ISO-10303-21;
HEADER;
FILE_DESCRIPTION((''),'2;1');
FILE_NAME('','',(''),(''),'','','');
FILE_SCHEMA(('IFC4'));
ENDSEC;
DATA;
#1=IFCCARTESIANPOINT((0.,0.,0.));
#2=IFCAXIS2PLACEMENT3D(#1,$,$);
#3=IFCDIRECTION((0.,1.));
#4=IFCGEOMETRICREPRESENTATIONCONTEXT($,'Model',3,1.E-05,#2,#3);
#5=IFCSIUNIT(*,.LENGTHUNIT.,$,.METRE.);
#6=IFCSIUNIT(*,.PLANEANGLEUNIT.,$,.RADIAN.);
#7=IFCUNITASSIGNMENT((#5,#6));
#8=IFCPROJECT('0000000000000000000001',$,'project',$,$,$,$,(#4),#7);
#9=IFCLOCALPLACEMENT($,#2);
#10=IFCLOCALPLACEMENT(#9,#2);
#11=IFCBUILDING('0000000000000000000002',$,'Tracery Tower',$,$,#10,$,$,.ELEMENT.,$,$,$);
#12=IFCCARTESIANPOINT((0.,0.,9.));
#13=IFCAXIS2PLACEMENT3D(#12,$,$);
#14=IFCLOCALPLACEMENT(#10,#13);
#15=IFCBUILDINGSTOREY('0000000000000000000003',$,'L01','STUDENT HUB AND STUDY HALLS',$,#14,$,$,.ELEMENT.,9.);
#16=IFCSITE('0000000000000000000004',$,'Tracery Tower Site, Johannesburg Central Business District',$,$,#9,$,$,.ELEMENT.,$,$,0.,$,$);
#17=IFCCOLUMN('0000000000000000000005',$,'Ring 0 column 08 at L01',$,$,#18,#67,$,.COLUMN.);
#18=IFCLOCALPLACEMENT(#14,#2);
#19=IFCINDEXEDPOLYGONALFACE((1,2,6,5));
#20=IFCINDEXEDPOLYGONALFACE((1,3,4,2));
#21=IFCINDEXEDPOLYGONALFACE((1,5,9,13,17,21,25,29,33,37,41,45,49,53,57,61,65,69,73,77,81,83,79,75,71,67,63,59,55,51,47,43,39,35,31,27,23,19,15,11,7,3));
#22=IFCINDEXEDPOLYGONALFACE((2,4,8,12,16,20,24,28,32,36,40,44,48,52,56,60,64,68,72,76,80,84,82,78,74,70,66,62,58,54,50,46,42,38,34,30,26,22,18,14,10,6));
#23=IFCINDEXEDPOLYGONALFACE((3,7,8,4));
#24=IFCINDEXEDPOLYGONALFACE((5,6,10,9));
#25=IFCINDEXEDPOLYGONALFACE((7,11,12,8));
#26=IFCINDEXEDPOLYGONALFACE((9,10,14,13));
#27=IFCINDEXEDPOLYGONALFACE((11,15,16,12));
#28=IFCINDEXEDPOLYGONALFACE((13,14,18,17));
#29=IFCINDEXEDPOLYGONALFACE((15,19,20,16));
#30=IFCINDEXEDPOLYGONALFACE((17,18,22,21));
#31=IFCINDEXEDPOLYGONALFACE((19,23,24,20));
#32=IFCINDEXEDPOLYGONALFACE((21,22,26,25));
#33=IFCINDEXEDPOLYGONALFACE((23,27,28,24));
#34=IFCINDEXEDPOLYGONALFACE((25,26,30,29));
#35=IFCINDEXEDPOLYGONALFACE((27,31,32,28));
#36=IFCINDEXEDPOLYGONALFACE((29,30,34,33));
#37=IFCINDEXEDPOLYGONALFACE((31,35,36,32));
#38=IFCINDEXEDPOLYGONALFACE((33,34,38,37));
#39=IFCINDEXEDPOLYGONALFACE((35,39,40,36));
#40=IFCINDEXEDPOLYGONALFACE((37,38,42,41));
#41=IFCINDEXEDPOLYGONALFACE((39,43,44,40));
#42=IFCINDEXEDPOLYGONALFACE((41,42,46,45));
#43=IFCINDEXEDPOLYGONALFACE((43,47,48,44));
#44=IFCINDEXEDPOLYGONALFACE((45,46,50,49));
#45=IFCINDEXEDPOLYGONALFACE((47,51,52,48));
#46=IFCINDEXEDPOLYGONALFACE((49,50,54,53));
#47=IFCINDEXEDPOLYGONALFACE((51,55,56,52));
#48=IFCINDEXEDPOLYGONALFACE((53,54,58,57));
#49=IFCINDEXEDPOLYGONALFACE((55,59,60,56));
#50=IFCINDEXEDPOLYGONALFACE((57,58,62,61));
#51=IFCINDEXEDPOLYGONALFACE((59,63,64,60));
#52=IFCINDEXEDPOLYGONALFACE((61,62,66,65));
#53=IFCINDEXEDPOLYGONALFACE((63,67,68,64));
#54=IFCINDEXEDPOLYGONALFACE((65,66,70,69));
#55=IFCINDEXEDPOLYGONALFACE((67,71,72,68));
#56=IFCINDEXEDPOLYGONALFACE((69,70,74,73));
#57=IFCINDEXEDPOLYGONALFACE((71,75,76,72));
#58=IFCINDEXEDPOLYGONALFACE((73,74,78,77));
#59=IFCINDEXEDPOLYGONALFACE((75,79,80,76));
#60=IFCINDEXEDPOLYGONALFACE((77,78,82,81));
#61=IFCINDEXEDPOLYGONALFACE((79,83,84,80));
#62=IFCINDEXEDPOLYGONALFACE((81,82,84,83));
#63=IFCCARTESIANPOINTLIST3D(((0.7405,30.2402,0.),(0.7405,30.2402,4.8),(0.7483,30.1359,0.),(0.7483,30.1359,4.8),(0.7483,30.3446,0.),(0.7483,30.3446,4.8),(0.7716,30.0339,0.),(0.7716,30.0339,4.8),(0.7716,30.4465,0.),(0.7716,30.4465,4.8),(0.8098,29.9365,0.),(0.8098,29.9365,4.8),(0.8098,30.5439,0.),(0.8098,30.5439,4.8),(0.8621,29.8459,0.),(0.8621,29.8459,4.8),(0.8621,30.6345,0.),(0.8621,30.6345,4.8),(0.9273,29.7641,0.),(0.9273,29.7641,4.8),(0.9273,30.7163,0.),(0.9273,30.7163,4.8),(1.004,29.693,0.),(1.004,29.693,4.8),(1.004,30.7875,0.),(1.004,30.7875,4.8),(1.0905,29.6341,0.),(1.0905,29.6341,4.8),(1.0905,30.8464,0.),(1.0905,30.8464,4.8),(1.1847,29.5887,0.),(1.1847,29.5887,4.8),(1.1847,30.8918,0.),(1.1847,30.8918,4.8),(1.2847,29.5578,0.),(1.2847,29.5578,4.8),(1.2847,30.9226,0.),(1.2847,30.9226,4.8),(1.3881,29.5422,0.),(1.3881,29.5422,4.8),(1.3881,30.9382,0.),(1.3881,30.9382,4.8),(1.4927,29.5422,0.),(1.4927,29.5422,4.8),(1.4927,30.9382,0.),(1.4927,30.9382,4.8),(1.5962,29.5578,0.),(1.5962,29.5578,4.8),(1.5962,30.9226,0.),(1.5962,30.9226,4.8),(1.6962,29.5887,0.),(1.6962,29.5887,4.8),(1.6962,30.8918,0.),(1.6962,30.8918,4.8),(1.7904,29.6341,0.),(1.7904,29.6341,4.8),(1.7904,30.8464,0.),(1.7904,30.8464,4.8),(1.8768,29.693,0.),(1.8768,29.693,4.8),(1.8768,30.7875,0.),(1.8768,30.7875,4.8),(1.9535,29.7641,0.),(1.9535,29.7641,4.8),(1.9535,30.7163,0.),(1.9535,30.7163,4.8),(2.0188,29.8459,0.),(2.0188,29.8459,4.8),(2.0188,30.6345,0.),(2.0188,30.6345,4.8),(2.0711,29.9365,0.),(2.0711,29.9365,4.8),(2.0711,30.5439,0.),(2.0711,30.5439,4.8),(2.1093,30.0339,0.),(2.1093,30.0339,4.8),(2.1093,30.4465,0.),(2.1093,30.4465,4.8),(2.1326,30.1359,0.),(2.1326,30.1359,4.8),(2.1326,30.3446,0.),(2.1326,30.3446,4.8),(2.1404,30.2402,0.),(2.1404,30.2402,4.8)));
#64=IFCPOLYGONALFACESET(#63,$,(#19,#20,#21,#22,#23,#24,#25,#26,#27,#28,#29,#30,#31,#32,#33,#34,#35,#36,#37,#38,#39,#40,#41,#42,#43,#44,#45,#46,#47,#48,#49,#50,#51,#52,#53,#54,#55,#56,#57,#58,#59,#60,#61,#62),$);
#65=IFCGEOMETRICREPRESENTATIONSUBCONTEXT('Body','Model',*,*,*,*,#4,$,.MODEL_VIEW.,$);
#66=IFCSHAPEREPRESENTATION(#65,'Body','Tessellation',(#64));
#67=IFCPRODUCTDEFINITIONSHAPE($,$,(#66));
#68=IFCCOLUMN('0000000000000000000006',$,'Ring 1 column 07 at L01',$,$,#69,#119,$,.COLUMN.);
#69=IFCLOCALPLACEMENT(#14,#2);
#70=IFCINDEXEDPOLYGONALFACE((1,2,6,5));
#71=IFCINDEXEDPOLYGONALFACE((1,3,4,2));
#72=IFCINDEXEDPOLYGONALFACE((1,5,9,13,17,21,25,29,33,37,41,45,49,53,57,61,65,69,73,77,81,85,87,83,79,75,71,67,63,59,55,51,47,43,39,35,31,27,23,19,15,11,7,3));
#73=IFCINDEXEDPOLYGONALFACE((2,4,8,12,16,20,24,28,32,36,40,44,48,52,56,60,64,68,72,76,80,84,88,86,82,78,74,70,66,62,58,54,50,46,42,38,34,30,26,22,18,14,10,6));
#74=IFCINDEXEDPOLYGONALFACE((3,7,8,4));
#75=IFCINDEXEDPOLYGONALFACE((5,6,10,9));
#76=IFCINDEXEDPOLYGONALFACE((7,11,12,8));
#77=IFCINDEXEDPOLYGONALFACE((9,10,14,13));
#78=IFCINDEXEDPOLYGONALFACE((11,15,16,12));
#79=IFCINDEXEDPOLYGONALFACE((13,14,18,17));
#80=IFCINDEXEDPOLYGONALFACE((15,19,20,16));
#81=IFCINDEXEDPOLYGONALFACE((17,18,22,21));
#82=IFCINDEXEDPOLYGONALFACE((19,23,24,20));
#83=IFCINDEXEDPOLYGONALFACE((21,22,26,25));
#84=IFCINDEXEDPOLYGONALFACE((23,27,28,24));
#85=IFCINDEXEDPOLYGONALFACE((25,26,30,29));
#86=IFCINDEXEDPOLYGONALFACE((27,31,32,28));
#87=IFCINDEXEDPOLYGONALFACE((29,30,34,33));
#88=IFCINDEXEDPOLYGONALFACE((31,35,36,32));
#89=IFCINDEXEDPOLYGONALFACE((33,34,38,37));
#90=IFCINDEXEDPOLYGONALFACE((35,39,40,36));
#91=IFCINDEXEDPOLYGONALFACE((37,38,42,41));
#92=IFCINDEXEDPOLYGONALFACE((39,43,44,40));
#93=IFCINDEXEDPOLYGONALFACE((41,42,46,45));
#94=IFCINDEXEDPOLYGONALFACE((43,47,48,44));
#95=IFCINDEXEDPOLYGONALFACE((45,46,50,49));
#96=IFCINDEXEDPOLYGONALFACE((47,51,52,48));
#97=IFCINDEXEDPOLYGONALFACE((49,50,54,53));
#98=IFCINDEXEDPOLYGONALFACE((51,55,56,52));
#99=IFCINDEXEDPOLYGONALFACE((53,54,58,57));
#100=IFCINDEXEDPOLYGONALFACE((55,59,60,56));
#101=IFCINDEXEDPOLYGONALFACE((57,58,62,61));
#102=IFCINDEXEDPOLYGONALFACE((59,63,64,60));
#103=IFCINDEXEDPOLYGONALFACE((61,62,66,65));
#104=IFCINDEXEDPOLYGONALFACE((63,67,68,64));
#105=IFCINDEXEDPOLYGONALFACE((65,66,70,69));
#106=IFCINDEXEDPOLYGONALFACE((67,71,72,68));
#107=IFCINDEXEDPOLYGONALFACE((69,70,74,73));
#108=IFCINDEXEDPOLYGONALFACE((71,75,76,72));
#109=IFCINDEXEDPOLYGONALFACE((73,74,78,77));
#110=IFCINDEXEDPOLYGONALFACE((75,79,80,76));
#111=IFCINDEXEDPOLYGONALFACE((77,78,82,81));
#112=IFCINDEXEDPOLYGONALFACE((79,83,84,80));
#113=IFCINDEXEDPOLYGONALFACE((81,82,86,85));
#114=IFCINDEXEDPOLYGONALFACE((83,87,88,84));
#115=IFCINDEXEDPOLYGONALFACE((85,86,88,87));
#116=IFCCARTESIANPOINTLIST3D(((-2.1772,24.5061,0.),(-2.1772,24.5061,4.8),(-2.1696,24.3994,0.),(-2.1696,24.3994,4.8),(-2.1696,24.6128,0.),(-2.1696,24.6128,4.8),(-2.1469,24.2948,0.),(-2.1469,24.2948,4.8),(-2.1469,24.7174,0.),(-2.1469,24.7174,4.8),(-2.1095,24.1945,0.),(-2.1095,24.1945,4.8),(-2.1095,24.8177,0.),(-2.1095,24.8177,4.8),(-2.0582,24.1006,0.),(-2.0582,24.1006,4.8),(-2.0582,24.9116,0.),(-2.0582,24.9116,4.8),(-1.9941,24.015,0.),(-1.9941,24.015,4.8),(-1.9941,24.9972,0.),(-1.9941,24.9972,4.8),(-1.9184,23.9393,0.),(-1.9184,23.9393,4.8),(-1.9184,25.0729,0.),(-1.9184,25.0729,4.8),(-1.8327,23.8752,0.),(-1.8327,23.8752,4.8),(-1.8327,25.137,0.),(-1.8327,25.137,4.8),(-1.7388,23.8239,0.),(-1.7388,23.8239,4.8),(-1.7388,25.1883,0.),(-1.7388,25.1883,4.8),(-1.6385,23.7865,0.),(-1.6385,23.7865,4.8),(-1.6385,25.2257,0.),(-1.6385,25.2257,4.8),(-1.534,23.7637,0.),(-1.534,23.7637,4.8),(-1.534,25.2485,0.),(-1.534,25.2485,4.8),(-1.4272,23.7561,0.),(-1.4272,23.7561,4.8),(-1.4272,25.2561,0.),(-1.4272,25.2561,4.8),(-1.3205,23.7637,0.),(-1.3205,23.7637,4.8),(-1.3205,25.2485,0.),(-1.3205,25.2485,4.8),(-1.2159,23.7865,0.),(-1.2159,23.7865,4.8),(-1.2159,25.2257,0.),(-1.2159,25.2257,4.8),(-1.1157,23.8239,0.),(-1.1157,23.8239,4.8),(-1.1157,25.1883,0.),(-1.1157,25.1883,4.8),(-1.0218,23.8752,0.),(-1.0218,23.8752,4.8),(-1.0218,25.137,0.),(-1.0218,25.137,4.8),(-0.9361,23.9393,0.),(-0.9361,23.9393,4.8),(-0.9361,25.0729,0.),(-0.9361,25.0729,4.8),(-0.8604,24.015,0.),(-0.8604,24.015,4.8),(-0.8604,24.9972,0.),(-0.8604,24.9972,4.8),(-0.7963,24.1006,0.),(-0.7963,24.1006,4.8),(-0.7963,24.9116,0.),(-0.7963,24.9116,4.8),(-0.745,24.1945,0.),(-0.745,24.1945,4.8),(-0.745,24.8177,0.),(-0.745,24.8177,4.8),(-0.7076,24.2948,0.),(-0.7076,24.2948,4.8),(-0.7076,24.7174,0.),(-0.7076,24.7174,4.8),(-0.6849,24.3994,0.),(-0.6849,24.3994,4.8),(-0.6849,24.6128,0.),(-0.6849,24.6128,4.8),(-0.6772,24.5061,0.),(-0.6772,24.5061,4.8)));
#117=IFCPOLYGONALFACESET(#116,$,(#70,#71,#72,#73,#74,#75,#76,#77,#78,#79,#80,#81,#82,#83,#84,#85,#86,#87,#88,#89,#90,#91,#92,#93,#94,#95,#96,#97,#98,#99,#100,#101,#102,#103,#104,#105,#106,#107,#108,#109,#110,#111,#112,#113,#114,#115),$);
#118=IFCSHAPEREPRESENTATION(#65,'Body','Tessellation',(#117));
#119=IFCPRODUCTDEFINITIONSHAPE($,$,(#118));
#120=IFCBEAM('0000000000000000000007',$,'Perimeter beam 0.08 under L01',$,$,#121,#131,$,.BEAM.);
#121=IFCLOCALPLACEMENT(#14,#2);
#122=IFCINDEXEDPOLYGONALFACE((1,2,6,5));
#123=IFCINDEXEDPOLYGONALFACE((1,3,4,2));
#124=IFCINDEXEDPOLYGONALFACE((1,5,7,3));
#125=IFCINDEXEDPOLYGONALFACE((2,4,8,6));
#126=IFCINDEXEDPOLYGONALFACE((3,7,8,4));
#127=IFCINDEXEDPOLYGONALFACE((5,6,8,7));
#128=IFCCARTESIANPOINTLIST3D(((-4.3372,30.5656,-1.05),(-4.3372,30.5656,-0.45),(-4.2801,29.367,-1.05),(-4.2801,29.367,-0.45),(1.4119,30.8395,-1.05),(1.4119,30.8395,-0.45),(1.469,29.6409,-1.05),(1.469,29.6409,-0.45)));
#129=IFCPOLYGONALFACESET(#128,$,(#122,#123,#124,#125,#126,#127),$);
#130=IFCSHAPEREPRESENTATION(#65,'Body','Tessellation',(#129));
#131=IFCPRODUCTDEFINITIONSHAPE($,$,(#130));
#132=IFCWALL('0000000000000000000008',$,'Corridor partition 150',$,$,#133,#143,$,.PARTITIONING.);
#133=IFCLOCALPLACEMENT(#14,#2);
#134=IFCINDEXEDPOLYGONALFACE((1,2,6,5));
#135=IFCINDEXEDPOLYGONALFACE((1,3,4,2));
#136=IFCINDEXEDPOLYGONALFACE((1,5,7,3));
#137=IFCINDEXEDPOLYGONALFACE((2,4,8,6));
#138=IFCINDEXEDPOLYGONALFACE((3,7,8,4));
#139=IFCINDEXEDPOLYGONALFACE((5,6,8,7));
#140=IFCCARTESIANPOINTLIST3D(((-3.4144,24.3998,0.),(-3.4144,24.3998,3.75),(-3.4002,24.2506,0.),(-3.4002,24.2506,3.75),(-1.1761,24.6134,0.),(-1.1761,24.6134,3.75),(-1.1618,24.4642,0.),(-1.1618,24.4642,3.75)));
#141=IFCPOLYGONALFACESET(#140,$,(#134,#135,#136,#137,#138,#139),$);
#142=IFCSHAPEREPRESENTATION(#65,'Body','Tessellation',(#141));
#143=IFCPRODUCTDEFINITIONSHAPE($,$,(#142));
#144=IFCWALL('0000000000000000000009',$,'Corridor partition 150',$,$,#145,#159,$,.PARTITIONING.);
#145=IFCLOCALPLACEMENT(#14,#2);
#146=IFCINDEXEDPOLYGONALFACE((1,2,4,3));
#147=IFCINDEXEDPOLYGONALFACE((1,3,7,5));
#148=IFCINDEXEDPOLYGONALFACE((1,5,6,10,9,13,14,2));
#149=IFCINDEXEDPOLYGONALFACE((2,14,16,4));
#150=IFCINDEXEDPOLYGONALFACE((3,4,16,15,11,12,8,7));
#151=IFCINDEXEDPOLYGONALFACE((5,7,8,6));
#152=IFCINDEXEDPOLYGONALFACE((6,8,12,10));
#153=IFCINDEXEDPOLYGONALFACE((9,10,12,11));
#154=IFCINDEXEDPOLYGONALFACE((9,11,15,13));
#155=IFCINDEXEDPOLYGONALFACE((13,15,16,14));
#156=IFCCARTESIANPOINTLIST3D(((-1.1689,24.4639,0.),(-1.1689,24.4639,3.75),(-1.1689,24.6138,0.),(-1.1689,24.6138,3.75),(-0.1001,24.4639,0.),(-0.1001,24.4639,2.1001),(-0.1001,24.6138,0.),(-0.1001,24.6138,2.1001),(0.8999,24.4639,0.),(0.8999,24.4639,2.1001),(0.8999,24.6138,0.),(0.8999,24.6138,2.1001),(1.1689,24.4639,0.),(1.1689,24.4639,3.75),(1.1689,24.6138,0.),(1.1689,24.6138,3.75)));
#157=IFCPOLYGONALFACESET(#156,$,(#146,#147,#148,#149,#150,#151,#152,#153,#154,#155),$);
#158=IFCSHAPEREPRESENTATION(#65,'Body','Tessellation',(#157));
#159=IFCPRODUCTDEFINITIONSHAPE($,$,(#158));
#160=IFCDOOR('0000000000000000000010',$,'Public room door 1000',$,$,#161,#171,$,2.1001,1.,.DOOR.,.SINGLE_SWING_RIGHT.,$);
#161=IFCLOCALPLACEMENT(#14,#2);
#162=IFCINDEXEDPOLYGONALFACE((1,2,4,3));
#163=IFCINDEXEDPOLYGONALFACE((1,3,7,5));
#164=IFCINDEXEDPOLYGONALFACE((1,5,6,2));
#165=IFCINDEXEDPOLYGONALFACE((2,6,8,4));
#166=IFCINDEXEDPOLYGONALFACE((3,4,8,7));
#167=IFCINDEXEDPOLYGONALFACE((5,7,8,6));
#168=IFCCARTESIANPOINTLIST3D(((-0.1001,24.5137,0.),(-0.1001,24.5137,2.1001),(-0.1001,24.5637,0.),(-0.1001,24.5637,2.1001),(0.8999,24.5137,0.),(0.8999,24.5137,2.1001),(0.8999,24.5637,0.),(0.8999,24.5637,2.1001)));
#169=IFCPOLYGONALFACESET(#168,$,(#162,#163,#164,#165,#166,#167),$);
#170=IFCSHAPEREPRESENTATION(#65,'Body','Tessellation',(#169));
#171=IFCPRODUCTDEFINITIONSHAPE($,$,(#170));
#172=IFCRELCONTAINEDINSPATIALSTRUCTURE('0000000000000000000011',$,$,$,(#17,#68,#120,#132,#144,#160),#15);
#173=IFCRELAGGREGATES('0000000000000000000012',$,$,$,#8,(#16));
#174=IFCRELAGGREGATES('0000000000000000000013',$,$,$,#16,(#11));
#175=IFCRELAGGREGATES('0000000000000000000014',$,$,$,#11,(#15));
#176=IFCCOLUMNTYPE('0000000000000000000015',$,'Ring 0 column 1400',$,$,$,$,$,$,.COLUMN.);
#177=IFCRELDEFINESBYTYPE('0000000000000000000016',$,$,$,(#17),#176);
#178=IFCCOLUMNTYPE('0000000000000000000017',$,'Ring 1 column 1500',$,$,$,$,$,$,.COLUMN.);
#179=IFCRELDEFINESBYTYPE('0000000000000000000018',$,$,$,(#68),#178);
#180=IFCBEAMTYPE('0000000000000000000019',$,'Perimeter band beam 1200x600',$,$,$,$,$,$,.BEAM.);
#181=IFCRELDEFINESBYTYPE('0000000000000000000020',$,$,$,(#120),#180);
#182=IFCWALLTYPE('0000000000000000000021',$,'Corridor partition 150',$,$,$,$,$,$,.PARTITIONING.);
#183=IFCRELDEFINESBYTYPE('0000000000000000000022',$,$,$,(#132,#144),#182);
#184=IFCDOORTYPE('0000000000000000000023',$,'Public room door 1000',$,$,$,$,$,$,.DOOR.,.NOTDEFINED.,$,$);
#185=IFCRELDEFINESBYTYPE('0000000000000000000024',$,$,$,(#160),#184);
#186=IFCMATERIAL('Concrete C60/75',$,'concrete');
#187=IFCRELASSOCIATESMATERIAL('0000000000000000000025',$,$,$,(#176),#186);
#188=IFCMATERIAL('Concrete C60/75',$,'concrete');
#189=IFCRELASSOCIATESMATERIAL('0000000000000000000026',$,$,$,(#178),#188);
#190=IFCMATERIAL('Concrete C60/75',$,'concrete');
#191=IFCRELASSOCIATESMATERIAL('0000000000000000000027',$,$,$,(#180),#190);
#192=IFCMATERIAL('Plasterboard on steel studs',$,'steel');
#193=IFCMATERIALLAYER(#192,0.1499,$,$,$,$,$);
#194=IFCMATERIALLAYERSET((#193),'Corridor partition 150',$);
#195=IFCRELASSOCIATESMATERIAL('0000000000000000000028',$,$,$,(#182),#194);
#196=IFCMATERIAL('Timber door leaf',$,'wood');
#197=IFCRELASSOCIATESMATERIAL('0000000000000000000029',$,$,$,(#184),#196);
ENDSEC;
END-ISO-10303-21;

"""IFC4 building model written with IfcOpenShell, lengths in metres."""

from ifc_helpers import new_model, si_unit, direction, frame, frame_2d, origin, origin_2d, place, context, subcontext, project, spatial, rectangle, circle, extrude, material, layer, layer_set, material_profile, profile_set, type_object, element, fill, save


model = new_model("IFC4")

# Units and contexts
model_context = context("Model", 3, precision=1e-05, world=origin(), true_north=direction((0.0, 1.0)))
body_context = subcontext(model_context, "Body", "Model", "MODEL_VIEW")
ifc_project = project(units=[si_unit("LENGTHUNIT", "METRE"), si_unit("PLANEANGLEUNIT", "RADIAN")], contexts=[model_context])

# Site, building, storey
site_placement = place(None, origin())
site = spatial("IfcSite", under=ifc_project, at=site_placement, Name="Tracery Tower Site, Johannesburg Central Business District", CompositionType="ELEMENT", RefElevation=0.0)
building_placement = place(site_placement, origin())
building = spatial("IfcBuilding", under=site, at=building_placement, Name="Tracery Tower", CompositionType="ELEMENT")
storey_placement = place(building_placement, frame((0.0, 0.0, 9.0)))
storey = spatial("IfcBuildingStorey", under=building, at=storey_placement, Name="L01", Description="STUDENT HUB AND STUDY HALLS", CompositionType="ELEMENT", Elevation=9.0)

# Columns
ifc_material_1 = material(Name="Concrete C60/75", Category="concrete")
ifc_material_profile_1 = material_profile(ifc_material_1, circle(Radius=0.7, at=origin_2d()), Name="RC D1400")
ifc_profile_set_1 = profile_set([ifc_material_profile_1], Name="Concrete C60/75")
column_type_1 = type_object("IfcColumnType", Name="Ring 0 column 1400", PredefinedType="COLUMN", material=ifc_profile_set_1)
column_1_placement = place(storey_placement, frame((1.4404, 30.2402, 0.0), z_axis=(0.0, 0.0, 1.0), x_axis=(1.0, 0.0, 0.0)))
element("IfcColumn", 1, at=column_1_placement, inside=storey, type_object=column_type_1, Name="Ring 0 column 08 at L01", PredefinedType="COLUMN", context=body_context, shape_type="SweptSolid", body=[
    extrude(circle(Radius=0.7, at=origin_2d()), origin(), (0.0, 0.0, 1.0), 4.8),
])
ifc_material_2 = material(Name="Concrete C60/75", Category="concrete")
ifc_material_profile_2 = material_profile(ifc_material_2, circle(Radius=0.75, at=origin_2d()), Name="RC D1500")
ifc_profile_set_2 = profile_set([ifc_material_profile_2], Name="Concrete C60/75")
column_type_2 = type_object("IfcColumnType", Name="Ring 1 column 1500", PredefinedType="COLUMN", material=ifc_profile_set_2)
column_2_placement = place(storey_placement, frame((-1.4272, 24.5061, 0.0), z_axis=(0.0, 0.0, 1.0), x_axis=(1.0, 0.0, 0.0)))
element("IfcColumn", 2, at=column_2_placement, inside=storey, type_object=column_type_2, Name="Ring 1 column 07 at L01", PredefinedType="COLUMN", context=body_context, shape_type="SweptSolid", body=[
    extrude(circle(Radius=0.75, at=origin_2d()), origin(), (0.0, 0.0, 1.0), 4.8),
])

# Beam
ifc_material_3 = material(Name="Concrete C60/75", Category="concrete")
ifc_material_profile_3 = material_profile(ifc_material_3, rectangle(XDim=1.2, YDim=0.6001, at=origin_2d()), Name="RC 1200x600")
ifc_profile_set_3 = profile_set([ifc_material_profile_3], Name="Concrete C60/75")
beam_type = type_object("IfcBeamType", Name="Perimeter band beam 1200x600", PredefinedType="BEAM", material=ifc_profile_set_3)
beam_placement = place(storey_placement, frame((1.4404, 30.2402, -0.75), z_axis=(-0.998867, -0.047593, 0.0), x_axis=(0.047593, -0.998867, 0.0)))
element("IfcBeam", 3, at=beam_placement, inside=storey, type_object=beam_type, Name="Perimeter beam 0.08 under L01", PredefinedType="BEAM", context=body_context, shape_type="SweptSolid", body=[
    extrude(rectangle(XDim=1.2, YDim=0.6001, at=origin_2d()), origin(), (0.0, 0.0, 1.0), 5.7556),
])

# Wall
ifc_material_4 = material(Name="Plasterboard on steel studs", Category="steel")
ifc_layer_1 = layer(ifc_material_4, 0.1499)
ifc_layer_set_1 = layer_set([ifc_layer_1], Name="Corridor partition 150")
wall_type_1 = type_object("IfcWallType", Name="Corridor partition 150", PredefinedType="PARTITIONING", material=ifc_layer_set_1)
wall_1_placement = place(storey_placement, frame((-1.1689, 24.5388, 0.0), z_axis=(0.0, 0.0, 1.0), x_axis=(-0.995476, -0.095009, 0.0)))
element("IfcWall", 4, at=wall_1_placement, inside=storey, type_object=wall_type_1, Name="Corridor partition 150", PredefinedType="PARTITIONING", context=body_context, shape_type="SweptSolid", body=[
    extrude(rectangle(XDim=2.2485, YDim=0.1499, at=frame_2d((1.1243, 0.0))), origin(), (0.0, 0.0, 1.0), 3.75),
])

# Wall, opening, door
wall_2_placement = place(storey_placement, frame((-1.1689, 24.5388, 0.0), z_axis=(0.0, 0.0, 1.0), x_axis=(1.0, 0.0, 0.0)))
wall_2 = element("IfcWall", 5, at=wall_2_placement, inside=storey, type_object=wall_type_1, Name="Corridor partition 150", PredefinedType="PARTITIONING", context=body_context, shape_type="SweptSolid", body=[
    extrude(rectangle(XDim=2.3379, YDim=0.1499, at=frame_2d((1.1689, 0.0))), origin(), (0.0, 0.0, 1.0), 3.75),
])
opening_1_placement = place(wall_2_placement, frame((1.0688, 0.0, 0.0)))
opening_1 = element("IfcOpeningElement", 6, at=opening_1_placement, cuts=wall_2, PredefinedType="OPENING", context=body_context, shape_type="SweptSolid", body=[
    extrude(rectangle(XDim=1.0, YDim=2.1001, at=frame_2d((0.5, 1.05))), frame((0.0, 0.075, 0.0), z_axis=(0.0, -1.0, 0.0), x_axis=(1.0, 0.0, 0.0)), (0.0, 0.0, 1.0), 0.1499),
])
ifc_material_5 = material(Name="Timber door leaf", Category="wood")
door_type_1 = type_object("IfcDoorType", Name="Public room door 1000", OperationType="NOTDEFINED", PredefinedType="DOOR", material=ifc_material_5)
door_1_placement = place(opening_1_placement, origin())
door_1 = element("IfcDoor", 7, at=door_1_placement, inside=storey, type_object=door_type_1, Name="Public room door 1000", OperationType="SINGLE_SWING_RIGHT", OverallHeight=2.1001, OverallWidth=1.0, PredefinedType="DOOR", context=body_context, shape_type="SweptSolid", body=[
    extrude(rectangle(XDim=1.0, YDim=2.1001, at=frame_2d((0.5, 1.05))), frame((0.0, 0.0249, 0.0), z_axis=(0.0, -1.0, 0.0), x_axis=(1.0, 0.0, 0.0)), (0.0, 0.0, 1.0), 0.05),
])
fill(opening_1, door_1)

save(model, "model.ifc")
